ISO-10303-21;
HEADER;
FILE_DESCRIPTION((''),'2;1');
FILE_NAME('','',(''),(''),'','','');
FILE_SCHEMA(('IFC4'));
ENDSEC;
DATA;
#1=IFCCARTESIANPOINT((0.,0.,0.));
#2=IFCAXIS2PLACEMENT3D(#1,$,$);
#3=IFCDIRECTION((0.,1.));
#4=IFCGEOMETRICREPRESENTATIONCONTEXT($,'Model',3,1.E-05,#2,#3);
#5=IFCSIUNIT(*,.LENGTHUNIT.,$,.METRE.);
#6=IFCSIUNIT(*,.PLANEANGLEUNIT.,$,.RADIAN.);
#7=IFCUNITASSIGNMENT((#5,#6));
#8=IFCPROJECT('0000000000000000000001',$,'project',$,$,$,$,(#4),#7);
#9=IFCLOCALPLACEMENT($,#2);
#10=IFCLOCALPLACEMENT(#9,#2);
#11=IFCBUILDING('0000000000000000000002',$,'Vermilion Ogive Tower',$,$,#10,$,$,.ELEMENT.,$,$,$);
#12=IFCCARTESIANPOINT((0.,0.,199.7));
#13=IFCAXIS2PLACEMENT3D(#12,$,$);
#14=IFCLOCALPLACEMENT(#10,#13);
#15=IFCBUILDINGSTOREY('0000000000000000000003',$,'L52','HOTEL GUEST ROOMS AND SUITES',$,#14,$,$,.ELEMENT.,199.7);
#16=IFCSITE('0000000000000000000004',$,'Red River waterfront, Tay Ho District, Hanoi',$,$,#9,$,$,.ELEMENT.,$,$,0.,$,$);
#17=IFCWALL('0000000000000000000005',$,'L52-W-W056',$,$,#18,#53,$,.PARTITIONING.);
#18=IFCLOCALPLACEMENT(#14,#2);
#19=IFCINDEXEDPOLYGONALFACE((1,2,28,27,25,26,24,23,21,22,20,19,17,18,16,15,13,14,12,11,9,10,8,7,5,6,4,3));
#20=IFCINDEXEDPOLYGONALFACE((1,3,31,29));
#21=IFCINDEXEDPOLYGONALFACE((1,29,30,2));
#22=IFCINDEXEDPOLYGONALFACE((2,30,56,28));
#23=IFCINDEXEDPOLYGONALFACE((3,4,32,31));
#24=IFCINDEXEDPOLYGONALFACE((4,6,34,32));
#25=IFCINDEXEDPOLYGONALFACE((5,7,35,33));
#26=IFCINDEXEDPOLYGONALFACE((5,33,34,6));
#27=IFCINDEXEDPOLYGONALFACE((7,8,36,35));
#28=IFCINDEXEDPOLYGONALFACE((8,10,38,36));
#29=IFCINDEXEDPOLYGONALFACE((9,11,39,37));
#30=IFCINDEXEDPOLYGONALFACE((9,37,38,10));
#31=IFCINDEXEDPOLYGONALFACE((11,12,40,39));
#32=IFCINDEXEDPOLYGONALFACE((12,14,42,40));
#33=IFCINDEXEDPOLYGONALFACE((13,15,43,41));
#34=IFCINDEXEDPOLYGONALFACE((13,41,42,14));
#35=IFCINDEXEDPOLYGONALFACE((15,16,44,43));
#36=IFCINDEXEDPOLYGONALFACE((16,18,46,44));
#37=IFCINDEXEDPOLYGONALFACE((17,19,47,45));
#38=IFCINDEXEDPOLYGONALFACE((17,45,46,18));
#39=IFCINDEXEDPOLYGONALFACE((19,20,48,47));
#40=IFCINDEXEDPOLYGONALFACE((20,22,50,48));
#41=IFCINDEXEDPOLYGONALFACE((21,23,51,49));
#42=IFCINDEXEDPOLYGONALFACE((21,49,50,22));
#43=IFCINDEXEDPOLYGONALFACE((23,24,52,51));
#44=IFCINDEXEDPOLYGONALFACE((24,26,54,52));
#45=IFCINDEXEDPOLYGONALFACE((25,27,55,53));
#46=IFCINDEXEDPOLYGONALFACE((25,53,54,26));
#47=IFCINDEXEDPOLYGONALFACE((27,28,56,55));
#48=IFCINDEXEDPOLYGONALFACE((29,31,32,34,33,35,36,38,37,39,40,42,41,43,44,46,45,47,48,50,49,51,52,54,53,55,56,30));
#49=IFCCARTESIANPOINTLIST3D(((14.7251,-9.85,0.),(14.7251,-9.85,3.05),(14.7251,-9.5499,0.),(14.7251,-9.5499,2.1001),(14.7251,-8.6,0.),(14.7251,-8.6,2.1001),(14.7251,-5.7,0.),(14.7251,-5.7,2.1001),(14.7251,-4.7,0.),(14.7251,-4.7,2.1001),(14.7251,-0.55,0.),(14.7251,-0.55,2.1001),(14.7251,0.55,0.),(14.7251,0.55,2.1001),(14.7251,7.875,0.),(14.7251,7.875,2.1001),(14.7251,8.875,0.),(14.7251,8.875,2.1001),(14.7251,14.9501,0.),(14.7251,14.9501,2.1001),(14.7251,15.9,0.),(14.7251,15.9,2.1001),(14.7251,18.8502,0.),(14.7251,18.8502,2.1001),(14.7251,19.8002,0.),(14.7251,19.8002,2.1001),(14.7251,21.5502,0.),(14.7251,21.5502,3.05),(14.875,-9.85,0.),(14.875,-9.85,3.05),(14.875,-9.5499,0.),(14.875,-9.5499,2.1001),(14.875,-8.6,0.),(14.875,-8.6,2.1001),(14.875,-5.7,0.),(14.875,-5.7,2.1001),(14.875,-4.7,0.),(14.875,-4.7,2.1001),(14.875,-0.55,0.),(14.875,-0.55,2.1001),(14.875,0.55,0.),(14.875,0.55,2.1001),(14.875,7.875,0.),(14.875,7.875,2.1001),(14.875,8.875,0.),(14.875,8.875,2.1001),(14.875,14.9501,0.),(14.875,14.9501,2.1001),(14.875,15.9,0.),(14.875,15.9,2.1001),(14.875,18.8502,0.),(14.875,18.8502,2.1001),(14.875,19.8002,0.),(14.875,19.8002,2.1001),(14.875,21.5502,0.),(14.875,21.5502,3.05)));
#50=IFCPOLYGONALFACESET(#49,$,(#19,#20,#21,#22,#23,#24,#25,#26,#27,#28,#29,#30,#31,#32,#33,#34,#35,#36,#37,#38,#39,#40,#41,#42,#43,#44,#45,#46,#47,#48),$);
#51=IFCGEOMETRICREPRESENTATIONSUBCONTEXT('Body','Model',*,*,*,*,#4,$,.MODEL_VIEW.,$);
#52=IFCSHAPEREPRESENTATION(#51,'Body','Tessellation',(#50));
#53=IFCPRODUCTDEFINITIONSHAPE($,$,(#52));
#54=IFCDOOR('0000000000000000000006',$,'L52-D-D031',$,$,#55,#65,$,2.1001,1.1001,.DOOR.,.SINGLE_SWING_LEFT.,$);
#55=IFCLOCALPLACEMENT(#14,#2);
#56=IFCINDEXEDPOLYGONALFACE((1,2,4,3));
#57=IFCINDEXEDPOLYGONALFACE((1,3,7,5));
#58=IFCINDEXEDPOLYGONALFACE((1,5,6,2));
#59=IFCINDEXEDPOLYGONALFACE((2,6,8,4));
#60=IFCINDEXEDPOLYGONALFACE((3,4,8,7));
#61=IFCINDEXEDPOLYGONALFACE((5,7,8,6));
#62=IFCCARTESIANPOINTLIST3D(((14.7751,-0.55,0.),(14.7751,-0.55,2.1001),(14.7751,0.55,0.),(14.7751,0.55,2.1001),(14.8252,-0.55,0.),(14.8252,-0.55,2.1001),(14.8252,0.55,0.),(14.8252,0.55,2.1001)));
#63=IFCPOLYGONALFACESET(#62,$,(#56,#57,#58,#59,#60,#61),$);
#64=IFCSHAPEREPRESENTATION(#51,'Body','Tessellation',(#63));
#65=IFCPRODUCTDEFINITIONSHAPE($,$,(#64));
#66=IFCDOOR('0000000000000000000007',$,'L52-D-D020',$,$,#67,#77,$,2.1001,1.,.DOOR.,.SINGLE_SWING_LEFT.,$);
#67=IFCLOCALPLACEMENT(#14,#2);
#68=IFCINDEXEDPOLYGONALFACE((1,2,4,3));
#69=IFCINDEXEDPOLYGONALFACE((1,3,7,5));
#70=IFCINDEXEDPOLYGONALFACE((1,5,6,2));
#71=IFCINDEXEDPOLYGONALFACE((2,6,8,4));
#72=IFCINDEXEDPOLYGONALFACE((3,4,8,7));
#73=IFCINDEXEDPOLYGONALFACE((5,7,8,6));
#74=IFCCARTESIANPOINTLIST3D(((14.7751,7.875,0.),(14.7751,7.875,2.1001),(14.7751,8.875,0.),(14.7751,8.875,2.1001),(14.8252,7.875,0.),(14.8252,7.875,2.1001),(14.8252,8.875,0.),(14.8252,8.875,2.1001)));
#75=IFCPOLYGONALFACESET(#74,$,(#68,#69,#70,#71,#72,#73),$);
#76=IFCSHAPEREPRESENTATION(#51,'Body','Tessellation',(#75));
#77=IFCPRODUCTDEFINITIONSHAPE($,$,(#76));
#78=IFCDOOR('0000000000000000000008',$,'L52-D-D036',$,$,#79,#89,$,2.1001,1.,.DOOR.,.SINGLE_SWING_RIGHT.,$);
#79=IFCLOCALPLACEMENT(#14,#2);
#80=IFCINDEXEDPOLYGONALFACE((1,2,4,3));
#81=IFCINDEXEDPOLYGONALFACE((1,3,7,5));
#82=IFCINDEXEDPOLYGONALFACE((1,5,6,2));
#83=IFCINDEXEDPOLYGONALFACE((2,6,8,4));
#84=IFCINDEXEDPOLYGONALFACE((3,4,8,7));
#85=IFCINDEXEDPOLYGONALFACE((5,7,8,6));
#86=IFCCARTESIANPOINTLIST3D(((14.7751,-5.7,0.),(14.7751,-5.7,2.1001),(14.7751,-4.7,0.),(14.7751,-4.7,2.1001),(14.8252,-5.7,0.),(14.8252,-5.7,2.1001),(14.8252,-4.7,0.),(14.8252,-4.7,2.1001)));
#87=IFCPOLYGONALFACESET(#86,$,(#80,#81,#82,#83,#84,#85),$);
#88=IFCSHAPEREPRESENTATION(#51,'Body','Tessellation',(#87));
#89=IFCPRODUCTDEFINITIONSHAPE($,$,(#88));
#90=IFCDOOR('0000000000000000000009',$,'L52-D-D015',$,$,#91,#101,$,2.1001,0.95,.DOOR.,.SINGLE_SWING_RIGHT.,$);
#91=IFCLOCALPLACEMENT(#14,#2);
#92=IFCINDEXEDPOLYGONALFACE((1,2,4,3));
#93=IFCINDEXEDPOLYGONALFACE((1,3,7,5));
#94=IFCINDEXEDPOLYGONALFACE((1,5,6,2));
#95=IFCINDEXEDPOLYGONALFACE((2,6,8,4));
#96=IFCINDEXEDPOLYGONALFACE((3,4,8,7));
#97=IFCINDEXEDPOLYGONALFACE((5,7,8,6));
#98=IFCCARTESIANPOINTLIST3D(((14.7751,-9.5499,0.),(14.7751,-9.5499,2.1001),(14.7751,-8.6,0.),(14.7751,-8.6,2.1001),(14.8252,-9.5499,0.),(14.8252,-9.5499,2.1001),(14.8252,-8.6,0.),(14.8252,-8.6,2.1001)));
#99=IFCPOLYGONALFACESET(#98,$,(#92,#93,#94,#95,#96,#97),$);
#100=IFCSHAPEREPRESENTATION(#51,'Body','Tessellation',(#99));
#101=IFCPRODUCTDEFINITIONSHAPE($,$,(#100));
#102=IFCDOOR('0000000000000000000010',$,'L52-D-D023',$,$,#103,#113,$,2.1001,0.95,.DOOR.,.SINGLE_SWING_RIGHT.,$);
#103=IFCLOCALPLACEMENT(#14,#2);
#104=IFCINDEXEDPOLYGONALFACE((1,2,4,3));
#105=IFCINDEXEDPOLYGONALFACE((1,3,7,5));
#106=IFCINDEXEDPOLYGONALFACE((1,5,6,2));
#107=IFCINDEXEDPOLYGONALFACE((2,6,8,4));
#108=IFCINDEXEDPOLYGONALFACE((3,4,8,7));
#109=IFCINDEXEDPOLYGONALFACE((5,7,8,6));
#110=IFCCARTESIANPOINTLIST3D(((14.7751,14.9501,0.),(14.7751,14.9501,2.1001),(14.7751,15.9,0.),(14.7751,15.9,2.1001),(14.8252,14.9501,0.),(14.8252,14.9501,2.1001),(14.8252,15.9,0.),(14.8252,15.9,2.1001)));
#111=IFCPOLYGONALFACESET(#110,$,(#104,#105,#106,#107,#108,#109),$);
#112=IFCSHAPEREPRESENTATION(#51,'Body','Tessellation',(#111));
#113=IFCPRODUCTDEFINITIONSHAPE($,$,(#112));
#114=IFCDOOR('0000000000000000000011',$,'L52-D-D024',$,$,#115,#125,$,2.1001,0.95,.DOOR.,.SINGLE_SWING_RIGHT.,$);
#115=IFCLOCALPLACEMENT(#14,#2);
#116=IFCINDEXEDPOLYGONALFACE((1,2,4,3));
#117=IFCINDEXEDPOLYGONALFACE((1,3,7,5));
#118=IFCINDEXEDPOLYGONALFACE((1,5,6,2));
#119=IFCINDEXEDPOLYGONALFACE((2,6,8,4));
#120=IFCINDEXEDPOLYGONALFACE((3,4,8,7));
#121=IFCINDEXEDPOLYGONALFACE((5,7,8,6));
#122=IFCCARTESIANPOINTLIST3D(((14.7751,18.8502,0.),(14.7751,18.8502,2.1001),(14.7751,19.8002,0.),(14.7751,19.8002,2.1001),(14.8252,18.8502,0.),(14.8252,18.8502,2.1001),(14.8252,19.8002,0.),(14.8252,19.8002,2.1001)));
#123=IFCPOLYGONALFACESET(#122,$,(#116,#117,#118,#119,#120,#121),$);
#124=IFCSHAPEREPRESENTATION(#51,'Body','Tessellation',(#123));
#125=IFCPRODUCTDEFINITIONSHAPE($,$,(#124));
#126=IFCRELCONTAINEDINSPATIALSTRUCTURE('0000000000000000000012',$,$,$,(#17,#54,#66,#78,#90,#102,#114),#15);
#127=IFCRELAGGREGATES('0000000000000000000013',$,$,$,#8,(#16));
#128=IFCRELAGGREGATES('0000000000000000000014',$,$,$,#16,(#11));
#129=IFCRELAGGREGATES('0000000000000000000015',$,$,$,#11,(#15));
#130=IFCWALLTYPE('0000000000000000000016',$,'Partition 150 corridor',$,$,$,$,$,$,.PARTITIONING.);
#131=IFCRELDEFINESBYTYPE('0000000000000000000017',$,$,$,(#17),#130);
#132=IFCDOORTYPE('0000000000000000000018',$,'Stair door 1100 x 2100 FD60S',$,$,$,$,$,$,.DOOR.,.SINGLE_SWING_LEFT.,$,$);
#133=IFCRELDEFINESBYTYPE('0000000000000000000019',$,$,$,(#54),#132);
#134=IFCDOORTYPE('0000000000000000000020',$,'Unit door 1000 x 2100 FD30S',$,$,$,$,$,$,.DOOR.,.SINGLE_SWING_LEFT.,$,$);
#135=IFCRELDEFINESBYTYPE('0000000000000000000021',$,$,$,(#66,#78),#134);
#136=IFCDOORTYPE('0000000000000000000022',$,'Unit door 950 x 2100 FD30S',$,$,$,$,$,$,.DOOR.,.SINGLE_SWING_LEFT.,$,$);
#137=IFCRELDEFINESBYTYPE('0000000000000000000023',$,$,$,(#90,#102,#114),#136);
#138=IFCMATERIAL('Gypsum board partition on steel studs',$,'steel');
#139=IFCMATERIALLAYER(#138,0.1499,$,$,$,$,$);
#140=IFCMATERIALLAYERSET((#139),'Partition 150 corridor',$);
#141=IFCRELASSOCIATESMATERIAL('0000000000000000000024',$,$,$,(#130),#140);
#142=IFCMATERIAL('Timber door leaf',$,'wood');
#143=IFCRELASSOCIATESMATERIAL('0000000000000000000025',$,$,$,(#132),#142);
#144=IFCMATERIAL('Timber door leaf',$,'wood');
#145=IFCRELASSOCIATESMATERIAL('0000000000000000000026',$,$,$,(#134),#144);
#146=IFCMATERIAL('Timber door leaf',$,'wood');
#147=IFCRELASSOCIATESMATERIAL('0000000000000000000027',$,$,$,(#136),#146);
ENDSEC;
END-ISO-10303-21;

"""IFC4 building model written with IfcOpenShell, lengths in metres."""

from ifc_helpers import new_model, si_unit, direction, frame, frame_2d, origin, place, context, subcontext, project, spatial, rectangle, extrude, material, layer, layer_set, type_object, element, fill, save


model = new_model("IFC4")

# Units and contexts
model_context = context("Model", 3, precision=1e-05, world=origin(), true_north=direction((0.0, 1.0)))
body_context = subcontext(model_context, "Body", "Model", "MODEL_VIEW")
ifc_project = project(units=[si_unit("LENGTHUNIT", "METRE"), si_unit("PLANEANGLEUNIT", "RADIAN")], contexts=[model_context])

# Site, building, storey
site_placement = place(None, origin())
site = spatial("IfcSite", under=ifc_project, at=site_placement, Name="Red River waterfront, Tay Ho District, Hanoi", CompositionType="ELEMENT", RefElevation=0.0)
building_placement = place(site_placement, origin())
building = spatial("IfcBuilding", under=site, at=building_placement, Name="Vermilion Ogive Tower", CompositionType="ELEMENT")
storey_placement = place(building_placement, frame((0.0, 0.0, 199.7)))
storey = spatial("IfcBuildingStorey", under=building, at=storey_placement, Name="L52", Description="HOTEL GUEST ROOMS AND SUITES", CompositionType="ELEMENT", Elevation=199.7)

# Wall, openings, doors
ifc_material_1 = material(Name="Gypsum board partition on steel studs", Category="steel")
ifc_layer_1 = layer(ifc_material_1, 0.1499)
ifc_layer_set_1 = layer_set([ifc_layer_1], Name="Partition 150 corridor")
wall_type_1 = type_object("IfcWallType", Name="Partition 150 corridor", PredefinedType="PARTITIONING", material=ifc_layer_set_1)
wall_1_placement = place(storey_placement, frame((14.8, -9.8501, 0.0), z_axis=(0.0, 0.0, 1.0), x_axis=(0.0, 1.0, 0.0)))
wall_1 = element("IfcWall", 1, at=wall_1_placement, inside=storey, type_object=wall_type_1, Name="L52-W-W056", PredefinedType="PARTITIONING", context=body_context, shape_type="SweptSolid", body=[
    extrude(rectangle(XDim=31.4001, YDim=0.1499, at=frame_2d((15.7002, 0.0))), origin(), (0.0, 0.0, 1.0), 3.05),
])
opening_1_placement = place(wall_1_placement, frame((0.3, 0.0, 0.0)))
opening_1 = element("IfcOpeningElement", 2, at=opening_1_placement, cuts=wall_1, PredefinedType="OPENING", context=body_context, shape_type="SweptSolid", body=[
    extrude(rectangle(XDim=0.95, YDim=2.1001, at=frame_2d((0.4751, 1.05))), frame((0.0, 0.085, 0.0), z_axis=(0.0, -1.0, 0.0), x_axis=(1.0, 0.0, 0.0)), (0.0, 0.0, 1.0), 0.1699),
])
opening_2_placement = place(wall_1_placement, frame((17.7251, 0.0, 0.0)))
opening_2 = element("IfcOpeningElement", 3, at=opening_2_placement, cuts=wall_1, PredefinedType="OPENING", context=body_context, shape_type="SweptSolid", body=[
    extrude(rectangle(XDim=1.0, YDim=2.1001, at=frame_2d((0.5, 1.05))), frame((0.0, 0.085, 0.0), z_axis=(0.0, -1.0, 0.0), x_axis=(1.0, 0.0, 0.0)), (0.0, 0.0, 1.0), 0.1699),
])
opening_3_placement = place(wall_1_placement, frame((24.8, 0.0, 0.0)))
opening_3 = element("IfcOpeningElement", 4, at=opening_3_placement, cuts=wall_1, PredefinedType="OPENING", context=body_context, shape_type="SweptSolid", body=[
    extrude(rectangle(XDim=0.95, YDim=2.1001, at=frame_2d((0.4751, 1.05))), frame((0.0, 0.085, 0.0), z_axis=(0.0, -1.0, 0.0), x_axis=(1.0, 0.0, 0.0)), (0.0, 0.0, 1.0), 0.1699),
])
opening_4_placement = place(wall_1_placement, frame((28.7002, 0.0, 0.0)))
opening_4 = element("IfcOpeningElement", 5, at=opening_4_placement, cuts=wall_1, PredefinedType="OPENING", context=body_context, shape_type="SweptSolid", body=[
    extrude(rectangle(XDim=0.95, YDim=2.1001, at=frame_2d((0.4751, 1.05))), frame((0.0, 0.085, 0.0), z_axis=(0.0, -1.0, 0.0), x_axis=(1.0, 0.0, 0.0)), (0.0, 0.0, 1.0), 0.1699),
])
opening_5_placement = place(wall_1_placement, frame((9.3, 0.0, 0.0)))
opening_5 = element("IfcOpeningElement", 6, at=opening_5_placement, cuts=wall_1, PredefinedType="OPENING", context=body_context, shape_type="SweptSolid", body=[
    extrude(rectangle(XDim=1.1001, YDim=2.1001, at=frame_2d((0.55, 1.05))), frame((0.0, 0.085, 0.0), z_axis=(0.0, -1.0, 0.0), x_axis=(1.0, 0.0, 0.0)), (0.0, 0.0, 1.0), 0.1699),
])
opening_6_placement = place(wall_1_placement, frame((4.1501, 0.0, 0.0)))
opening_6 = element("IfcOpeningElement", 7, at=opening_6_placement, cuts=wall_1, PredefinedType="OPENING", context=body_context, shape_type="SweptSolid", body=[
    extrude(rectangle(XDim=1.0, YDim=2.1001, at=frame_2d((0.5, 1.05))), frame((0.0, 0.085, 0.0), z_axis=(0.0, -1.0, 0.0), x_axis=(1.0, 0.0, 0.0)), (0.0, 0.0, 1.0), 0.1699),
])
ifc_material_2 = material(Name="Timber door leaf", Category="wood")
door_type_1 = type_object("IfcDoorType", Name="Stair door 1100 x 2100 FD60S", OperationType="SINGLE_SWING_LEFT", PredefinedType="DOOR", material=ifc_material_2)
door_1_placement = place(opening_5_placement, origin())
door_1 = element("IfcDoor", 8, at=door_1_placement, inside=storey, type_object=door_type_1, Name="L52-D-D031", OperationType="SINGLE_SWING_LEFT", OverallHeight=2.1001, OverallWidth=1.1001, PredefinedType="DOOR", context=body_context, shape_type="SweptSolid", body=[
    extrude(rectangle(XDim=1.1001, YDim=2.1001, at=frame_2d((0.55, 1.05))), frame((0.0, 0.0249, 0.0), z_axis=(0.0, -1.0, 0.0), x_axis=(1.0, 0.0, 0.0)), (0.0, 0.0, 1.0), 0.05),
])
fill(opening_5, door_1)
ifc_material_3 = material(Name="Timber door leaf", Category="wood")
door_type_2 = type_object("IfcDoorType", Name="Unit door 1000 x 2100 FD30S", OperationType="SINGLE_SWING_LEFT", PredefinedType="DOOR", material=ifc_material_3)
door_2_placement = place(opening_2_placement, origin())
door_2 = element("IfcDoor", 9, at=door_2_placement, inside=storey, type_object=door_type_2, Name="L52-D-D020", OperationType="SINGLE_SWING_LEFT", OverallHeight=2.1001, OverallWidth=1.0, PredefinedType="DOOR", context=body_context, shape_type="SweptSolid", body=[
    extrude(rectangle(XDim=1.0, YDim=2.1001, at=frame_2d((0.5, 1.05))), frame((0.0, 0.0249, 0.0), z_axis=(0.0, -1.0, 0.0), x_axis=(1.0, 0.0, 0.0)), (0.0, 0.0, 1.0), 0.05),
])
fill(opening_2, door_2)
door_3_placement = place(opening_6_placement, origin())
door_3 = element("IfcDoor", 10, at=door_3_placement, inside=storey, type_object=door_type_2, Name="L52-D-D036", OperationType="SINGLE_SWING_RIGHT", OverallHeight=2.1001, OverallWidth=1.0, PredefinedType="DOOR", context=body_context, shape_type="SweptSolid", body=[
    extrude(rectangle(XDim=1.0, YDim=2.1001, at=frame_2d((0.5, 1.05))), frame((0.0, 0.0249, 0.0), z_axis=(0.0, -1.0, 0.0), x_axis=(1.0, 0.0, 0.0)), (0.0, 0.0, 1.0), 0.05),
])
fill(opening_6, door_3)
ifc_material_4 = material(Name="Timber door leaf", Category="wood")
door_type_3 = type_object("IfcDoorType", Name="Unit door 950 x 2100 FD30S", OperationType="SINGLE_SWING_LEFT", PredefinedType="DOOR", material=ifc_material_4)
door_4_placement = place(opening_1_placement, origin())
door_4 = element("IfcDoor", 11, at=door_4_placement, inside=storey, type_object=door_type_3, Name="L52-D-D015", OperationType="SINGLE_SWING_RIGHT", OverallHeight=2.1001, OverallWidth=0.95, PredefinedType="DOOR", context=body_context, shape_type="SweptSolid", body=[
    extrude(rectangle(XDim=0.95, YDim=2.1001, at=frame_2d((0.4751, 1.05))), frame((0.0, 0.0249, 0.0), z_axis=(0.0, -1.0, 0.0), x_axis=(1.0, 0.0, 0.0)), (0.0, 0.0, 1.0), 0.05),
])
fill(opening_1, door_4)
door_5_placement = place(opening_3_placement, origin())
door_5 = element("IfcDoor", 12, at=door_5_placement, inside=storey, type_object=door_type_3, Name="L52-D-D023", OperationType="SINGLE_SWING_RIGHT", OverallHeight=2.1001, OverallWidth=0.95, PredefinedType="DOOR", context=body_context, shape_type="SweptSolid", body=[
    extrude(rectangle(XDim=0.95, YDim=2.1001, at=frame_2d((0.4751, 1.05))), frame((0.0, 0.0249, 0.0), z_axis=(0.0, -1.0, 0.0), x_axis=(1.0, 0.0, 0.0)), (0.0, 0.0, 1.0), 0.05),
])
fill(opening_3, door_5)
door_6_placement = place(opening_4_placement, origin())
door_6 = element("IfcDoor", 13, at=door_6_placement, inside=storey, type_object=door_type_3, Name="L52-D-D024", OperationType="SINGLE_SWING_RIGHT", OverallHeight=2.1001, OverallWidth=0.95, PredefinedType="DOOR", context=body_context, shape_type="SweptSolid", body=[
    extrude(rectangle(XDim=0.95, YDim=2.1001, at=frame_2d((0.4751, 1.05))), frame((0.0, 0.0249, 0.0), z_axis=(0.0, -1.0, 0.0), x_axis=(1.0, 0.0, 0.0)), (0.0, 0.0, 1.0), 0.05),
])
fill(opening_4, door_6)

save(model, "model.ifc")
